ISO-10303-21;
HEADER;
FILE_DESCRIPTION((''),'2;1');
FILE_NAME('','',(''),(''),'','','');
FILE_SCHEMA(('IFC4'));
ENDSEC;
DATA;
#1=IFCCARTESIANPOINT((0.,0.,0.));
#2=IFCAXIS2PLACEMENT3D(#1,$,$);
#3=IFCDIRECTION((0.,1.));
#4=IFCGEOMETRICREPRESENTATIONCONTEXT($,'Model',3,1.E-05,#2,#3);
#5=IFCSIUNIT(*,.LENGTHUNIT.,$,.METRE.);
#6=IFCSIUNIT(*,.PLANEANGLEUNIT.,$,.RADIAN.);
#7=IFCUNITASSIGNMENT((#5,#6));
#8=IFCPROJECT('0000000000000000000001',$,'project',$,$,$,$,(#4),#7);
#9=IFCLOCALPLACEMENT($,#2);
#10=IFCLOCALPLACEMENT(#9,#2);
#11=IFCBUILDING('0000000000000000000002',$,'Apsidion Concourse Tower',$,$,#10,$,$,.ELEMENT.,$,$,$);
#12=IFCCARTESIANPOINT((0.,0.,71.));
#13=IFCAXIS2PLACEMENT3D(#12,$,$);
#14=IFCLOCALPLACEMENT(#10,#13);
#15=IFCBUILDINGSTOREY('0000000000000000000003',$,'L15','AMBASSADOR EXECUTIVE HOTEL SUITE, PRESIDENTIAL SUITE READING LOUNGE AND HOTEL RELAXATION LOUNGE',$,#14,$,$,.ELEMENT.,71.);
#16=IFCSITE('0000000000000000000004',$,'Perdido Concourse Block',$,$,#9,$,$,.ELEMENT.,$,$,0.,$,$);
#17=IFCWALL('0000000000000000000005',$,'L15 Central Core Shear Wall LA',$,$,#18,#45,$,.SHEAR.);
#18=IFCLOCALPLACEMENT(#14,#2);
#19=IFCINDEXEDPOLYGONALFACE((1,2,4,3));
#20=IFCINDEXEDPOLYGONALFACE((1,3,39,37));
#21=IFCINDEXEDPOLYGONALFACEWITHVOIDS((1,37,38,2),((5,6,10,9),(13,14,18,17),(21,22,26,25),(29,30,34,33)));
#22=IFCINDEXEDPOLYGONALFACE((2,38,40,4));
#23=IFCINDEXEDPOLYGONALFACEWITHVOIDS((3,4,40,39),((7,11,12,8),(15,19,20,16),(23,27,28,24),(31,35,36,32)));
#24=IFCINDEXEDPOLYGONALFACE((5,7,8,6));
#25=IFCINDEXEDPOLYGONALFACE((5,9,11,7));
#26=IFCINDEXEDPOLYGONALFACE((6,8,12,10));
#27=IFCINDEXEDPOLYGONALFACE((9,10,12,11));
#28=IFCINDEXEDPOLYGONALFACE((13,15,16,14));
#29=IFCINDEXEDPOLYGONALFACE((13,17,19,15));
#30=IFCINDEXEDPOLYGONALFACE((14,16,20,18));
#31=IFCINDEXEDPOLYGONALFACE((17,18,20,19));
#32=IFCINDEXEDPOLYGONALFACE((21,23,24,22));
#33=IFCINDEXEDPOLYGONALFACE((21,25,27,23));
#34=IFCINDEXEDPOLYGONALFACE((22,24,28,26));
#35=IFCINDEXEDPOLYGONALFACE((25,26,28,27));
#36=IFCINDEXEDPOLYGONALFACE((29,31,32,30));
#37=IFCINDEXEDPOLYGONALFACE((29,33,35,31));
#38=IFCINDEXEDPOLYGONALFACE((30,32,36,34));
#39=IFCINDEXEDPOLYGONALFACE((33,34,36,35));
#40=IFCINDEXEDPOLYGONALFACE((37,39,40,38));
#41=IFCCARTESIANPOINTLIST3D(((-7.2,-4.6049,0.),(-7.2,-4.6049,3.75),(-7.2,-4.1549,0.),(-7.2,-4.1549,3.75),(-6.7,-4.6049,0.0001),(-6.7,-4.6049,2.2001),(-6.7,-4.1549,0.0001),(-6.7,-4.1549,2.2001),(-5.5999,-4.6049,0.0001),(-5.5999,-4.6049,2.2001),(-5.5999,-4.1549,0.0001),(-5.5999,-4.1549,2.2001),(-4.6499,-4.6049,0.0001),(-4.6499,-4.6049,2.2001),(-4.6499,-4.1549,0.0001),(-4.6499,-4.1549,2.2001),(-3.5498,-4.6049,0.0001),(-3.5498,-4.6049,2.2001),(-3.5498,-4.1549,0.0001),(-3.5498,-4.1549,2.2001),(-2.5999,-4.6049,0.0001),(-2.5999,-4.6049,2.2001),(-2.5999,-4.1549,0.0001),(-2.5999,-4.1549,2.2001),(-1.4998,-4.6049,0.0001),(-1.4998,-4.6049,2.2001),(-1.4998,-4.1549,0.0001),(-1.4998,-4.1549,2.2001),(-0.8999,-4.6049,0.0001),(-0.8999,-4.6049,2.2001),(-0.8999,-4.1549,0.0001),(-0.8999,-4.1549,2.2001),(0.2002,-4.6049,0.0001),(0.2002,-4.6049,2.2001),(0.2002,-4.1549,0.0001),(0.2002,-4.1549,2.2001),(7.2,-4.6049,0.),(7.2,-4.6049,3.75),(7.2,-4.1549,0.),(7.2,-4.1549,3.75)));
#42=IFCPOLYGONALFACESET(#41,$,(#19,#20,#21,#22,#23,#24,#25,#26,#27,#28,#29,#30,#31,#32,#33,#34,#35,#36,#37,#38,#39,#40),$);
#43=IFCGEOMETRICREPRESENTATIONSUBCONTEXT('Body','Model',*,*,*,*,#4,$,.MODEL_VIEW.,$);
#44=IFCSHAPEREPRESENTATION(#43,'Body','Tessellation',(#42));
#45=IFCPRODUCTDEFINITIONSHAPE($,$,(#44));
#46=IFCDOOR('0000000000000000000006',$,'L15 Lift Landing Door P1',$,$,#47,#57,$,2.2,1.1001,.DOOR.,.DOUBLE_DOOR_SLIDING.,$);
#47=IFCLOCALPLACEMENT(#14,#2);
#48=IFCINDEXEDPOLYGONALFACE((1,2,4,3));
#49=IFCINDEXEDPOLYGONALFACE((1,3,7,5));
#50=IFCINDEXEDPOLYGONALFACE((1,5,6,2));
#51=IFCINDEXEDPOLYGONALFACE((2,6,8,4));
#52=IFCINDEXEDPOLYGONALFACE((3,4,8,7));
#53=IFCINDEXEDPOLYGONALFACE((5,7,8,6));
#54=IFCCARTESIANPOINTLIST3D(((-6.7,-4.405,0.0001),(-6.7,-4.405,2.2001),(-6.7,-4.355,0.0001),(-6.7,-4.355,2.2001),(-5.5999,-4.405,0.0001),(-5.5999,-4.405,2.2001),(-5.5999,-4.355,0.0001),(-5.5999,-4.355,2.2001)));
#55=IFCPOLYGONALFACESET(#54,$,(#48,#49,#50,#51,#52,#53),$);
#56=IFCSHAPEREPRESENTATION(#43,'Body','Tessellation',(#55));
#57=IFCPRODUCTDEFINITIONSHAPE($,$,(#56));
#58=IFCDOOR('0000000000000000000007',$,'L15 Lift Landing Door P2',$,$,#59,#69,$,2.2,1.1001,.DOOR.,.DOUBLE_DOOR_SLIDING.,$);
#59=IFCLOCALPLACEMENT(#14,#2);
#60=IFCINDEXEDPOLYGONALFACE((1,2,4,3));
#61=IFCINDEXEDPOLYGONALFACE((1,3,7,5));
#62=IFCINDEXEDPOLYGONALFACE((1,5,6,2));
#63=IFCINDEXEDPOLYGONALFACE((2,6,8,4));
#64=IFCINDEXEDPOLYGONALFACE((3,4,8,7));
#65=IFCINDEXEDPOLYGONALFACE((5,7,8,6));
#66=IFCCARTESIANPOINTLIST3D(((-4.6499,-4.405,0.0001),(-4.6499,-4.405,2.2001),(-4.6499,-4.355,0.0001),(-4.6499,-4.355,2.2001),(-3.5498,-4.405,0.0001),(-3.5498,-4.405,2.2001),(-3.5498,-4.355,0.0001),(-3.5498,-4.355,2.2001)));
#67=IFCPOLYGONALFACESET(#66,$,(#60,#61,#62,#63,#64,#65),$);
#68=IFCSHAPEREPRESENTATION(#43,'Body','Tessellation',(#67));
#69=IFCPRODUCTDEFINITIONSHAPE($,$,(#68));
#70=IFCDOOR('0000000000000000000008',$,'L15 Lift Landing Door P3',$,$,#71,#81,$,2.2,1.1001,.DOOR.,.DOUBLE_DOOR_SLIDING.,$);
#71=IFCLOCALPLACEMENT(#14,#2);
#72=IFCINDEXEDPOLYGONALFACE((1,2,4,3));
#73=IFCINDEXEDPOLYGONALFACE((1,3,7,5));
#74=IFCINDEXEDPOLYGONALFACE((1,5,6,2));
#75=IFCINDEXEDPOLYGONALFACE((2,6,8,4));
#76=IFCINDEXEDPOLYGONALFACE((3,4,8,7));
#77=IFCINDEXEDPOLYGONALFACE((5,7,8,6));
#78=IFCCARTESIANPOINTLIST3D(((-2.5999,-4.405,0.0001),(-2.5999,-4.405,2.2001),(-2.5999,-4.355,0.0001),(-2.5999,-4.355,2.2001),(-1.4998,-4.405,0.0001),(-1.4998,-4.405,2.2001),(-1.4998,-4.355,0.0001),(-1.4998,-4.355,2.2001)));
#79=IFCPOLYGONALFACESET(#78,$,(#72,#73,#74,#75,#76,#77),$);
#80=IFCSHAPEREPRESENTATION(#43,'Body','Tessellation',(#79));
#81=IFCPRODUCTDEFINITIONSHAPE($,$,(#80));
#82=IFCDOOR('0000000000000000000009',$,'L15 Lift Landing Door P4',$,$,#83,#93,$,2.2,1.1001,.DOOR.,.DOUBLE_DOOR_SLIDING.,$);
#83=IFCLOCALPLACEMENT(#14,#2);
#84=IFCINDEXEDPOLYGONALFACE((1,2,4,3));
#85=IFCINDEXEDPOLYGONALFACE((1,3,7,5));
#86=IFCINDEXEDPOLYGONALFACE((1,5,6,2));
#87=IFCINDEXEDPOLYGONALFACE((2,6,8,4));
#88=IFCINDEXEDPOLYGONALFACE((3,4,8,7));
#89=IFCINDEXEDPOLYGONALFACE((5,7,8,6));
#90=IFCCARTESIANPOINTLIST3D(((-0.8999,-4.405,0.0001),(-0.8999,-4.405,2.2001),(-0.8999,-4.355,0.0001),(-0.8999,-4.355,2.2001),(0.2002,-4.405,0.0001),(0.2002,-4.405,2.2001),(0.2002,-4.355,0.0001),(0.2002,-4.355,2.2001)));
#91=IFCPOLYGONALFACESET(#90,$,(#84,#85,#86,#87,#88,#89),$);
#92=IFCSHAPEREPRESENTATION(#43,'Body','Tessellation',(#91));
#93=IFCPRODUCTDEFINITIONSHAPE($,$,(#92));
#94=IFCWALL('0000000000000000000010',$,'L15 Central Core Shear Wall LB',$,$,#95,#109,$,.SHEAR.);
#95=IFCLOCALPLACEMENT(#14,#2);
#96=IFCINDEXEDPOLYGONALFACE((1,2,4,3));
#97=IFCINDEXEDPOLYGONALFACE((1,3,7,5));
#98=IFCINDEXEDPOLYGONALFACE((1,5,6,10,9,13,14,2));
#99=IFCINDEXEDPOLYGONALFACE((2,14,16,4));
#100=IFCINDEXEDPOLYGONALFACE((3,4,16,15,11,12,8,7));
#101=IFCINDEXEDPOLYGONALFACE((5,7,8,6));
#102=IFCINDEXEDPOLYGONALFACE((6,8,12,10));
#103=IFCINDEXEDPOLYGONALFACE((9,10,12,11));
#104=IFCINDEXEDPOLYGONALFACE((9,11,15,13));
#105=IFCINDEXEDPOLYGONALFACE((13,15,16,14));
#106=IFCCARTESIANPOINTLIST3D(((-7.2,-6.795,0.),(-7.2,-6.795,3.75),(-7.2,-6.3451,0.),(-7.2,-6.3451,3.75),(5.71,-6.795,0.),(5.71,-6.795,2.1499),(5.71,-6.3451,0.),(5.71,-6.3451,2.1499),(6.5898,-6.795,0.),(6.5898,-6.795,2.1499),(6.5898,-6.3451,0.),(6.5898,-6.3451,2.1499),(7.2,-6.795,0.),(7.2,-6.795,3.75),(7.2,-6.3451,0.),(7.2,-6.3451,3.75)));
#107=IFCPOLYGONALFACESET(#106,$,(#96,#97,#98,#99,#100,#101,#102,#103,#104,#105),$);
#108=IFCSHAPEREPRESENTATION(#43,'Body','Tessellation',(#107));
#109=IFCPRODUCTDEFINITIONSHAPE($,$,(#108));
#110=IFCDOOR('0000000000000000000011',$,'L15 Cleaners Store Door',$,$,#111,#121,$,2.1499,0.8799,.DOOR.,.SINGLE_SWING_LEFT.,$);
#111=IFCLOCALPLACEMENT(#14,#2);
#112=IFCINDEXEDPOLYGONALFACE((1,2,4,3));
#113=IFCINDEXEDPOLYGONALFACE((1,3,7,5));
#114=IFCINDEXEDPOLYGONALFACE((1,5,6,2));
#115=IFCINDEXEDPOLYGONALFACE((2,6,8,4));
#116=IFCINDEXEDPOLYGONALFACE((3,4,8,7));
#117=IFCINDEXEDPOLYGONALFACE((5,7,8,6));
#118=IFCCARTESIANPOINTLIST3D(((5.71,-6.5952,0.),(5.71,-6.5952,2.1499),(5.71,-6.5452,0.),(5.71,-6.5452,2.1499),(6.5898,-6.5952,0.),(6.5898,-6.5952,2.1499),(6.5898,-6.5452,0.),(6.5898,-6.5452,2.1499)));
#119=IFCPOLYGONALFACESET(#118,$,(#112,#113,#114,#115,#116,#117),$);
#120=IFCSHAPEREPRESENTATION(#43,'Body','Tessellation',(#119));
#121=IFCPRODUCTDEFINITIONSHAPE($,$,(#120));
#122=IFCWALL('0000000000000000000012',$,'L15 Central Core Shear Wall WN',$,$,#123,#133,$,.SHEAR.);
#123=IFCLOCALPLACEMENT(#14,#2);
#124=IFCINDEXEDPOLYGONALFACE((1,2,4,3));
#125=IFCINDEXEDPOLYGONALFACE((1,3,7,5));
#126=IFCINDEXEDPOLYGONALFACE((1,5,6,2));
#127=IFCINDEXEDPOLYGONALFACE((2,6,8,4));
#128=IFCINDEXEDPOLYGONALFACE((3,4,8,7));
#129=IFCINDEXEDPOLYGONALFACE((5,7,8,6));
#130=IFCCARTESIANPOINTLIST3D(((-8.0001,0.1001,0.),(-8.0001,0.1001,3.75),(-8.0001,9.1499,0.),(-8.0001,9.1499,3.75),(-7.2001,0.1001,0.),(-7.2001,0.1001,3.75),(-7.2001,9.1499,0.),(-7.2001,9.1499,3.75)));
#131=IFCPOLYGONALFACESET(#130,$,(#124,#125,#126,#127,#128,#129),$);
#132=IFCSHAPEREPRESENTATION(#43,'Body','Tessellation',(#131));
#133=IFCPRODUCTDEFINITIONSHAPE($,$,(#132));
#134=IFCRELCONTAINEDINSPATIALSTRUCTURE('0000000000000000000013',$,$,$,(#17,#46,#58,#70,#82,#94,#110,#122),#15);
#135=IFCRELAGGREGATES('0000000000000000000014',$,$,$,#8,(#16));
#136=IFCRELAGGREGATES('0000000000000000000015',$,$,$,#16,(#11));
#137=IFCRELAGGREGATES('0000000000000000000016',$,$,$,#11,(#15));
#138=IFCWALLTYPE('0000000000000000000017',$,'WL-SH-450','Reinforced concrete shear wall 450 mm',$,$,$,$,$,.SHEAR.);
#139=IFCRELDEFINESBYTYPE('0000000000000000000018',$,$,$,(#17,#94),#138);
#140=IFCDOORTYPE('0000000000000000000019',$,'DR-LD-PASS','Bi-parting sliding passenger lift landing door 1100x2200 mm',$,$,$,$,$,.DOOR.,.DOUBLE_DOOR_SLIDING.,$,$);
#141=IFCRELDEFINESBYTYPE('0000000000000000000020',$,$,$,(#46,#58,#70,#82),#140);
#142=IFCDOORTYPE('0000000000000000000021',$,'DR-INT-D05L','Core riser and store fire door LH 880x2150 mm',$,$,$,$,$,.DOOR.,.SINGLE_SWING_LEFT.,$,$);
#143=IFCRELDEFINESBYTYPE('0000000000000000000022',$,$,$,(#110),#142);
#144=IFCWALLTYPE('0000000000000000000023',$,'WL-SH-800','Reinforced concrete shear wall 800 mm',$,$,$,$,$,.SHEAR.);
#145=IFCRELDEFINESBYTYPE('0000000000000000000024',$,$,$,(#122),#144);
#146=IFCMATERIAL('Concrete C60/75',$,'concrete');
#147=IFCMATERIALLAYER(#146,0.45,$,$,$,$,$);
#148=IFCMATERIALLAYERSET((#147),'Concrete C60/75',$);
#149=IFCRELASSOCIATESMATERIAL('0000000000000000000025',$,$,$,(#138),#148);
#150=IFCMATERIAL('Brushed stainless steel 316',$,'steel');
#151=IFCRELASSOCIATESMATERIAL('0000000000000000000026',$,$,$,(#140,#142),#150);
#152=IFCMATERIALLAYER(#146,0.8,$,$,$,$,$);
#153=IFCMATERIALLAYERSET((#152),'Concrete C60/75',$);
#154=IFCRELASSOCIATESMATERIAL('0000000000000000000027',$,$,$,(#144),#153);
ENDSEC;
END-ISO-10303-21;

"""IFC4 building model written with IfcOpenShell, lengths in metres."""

from ifc_helpers import new_model, si_unit, direction, frame, frame_2d, origin, place, context, subcontext, project, spatial, rectangle, extrude, material, layer, layer_set, type_object, element, fill, save


model = new_model("IFC4")

# Units and contexts
model_context = context("Model", 3, precision=1e-05, world=origin(), true_north=direction((0.0, 1.0)))
body_context = subcontext(model_context, "Body", "Model", "MODEL_VIEW")
ifc_project = project(units=[si_unit("LENGTHUNIT", "METRE"), si_unit("PLANEANGLEUNIT", "RADIAN")], contexts=[model_context])

# Site, building, storey
site_placement = place(None, origin())
site = spatial("IfcSite", under=ifc_project, at=site_placement, Name="Perdido Concourse Block", CompositionType="ELEMENT", RefElevation=0.0)
building_placement = place(site_placement, origin())
building = spatial("IfcBuilding", under=site, at=building_placement, Name="Apsidion Concourse Tower", CompositionType="ELEMENT")
storey_placement = place(building_placement, frame((0.0, 0.0, 71.0)))
storey = spatial("IfcBuildingStorey", under=building, at=storey_placement, Name="L15", Description="AMBASSADOR EXECUTIVE HOTEL SUITE, PRESIDENTIAL SUITE READING LOUNGE AND HOTEL RELAXATION LOUNGE", CompositionType="ELEMENT", Elevation=71.0)

# Shared definitions
ifc_material_1 = material(Name="Concrete C60/75", Category="concrete")

# Shared definitions
ifc_material_2 = material(Name="Brushed stainless steel 316", Category="steel")

# Shared definitions
ifc_layer_1 = layer(ifc_material_1, 0.45)
ifc_layer_set_1 = layer_set([ifc_layer_1], Name="Concrete C60/75")
wall_type_1 = type_object("IfcWallType", Name="WL-SH-450", Description="Reinforced concrete shear wall 450 mm", PredefinedType="SHEAR", material=ifc_layer_set_1)

# Wall, openings, doors
wall_1_placement = place(storey_placement, frame((-7.2, -4.3799, 0.0), z_axis=(0.0, 0.0, 1.0), x_axis=(1.0, 0.0, 0.0)))
wall_1 = element("IfcWall", 1, at=wall_1_placement, inside=storey, type_object=wall_type_1, Name="L15 Central Core Shear Wall LA", PredefinedType="SHEAR", context=body_context, shape_type="SweptSolid", body=[
    extrude(rectangle(XDim=14.3999, YDim=0.45, at=frame_2d((7.2, 0.0))), origin(), (0.0, 0.0, 1.0), 3.75),
])
opening_1_placement = place(wall_1_placement, frame((0.5, 0.0, 0.0)))
opening_1 = element("IfcOpeningElement", 2, at=opening_1_placement, cuts=wall_1, PredefinedType="OPENING", context=body_context, shape_type="SweptSolid", body=[
    extrude(rectangle(XDim=1.1001, YDim=2.2, at=frame_2d((0.55, 1.1001))), frame((0.0, 0.2349, 0.0), z_axis=(0.0, -1.0, 0.0), x_axis=(1.0, 0.0, 0.0)), (0.0, 0.0, 1.0), 0.47),
])
opening_2_placement = place(wall_1_placement, frame((2.55, 0.0, 0.0)))
opening_2 = element("IfcOpeningElement", 3, at=opening_2_placement, cuts=wall_1, PredefinedType="OPENING", context=body_context, shape_type="SweptSolid", body=[
    extrude(rectangle(XDim=1.1001, YDim=2.2, at=frame_2d((0.55, 1.1001))), frame((0.0, 0.2349, 0.0), z_axis=(0.0, -1.0, 0.0), x_axis=(1.0, 0.0, 0.0)), (0.0, 0.0, 1.0), 0.47),
])
opening_3_placement = place(wall_1_placement, frame((4.6001, 0.0, 0.0)))
opening_3 = element("IfcOpeningElement", 4, at=opening_3_placement, cuts=wall_1, PredefinedType="OPENING", context=body_context, shape_type="SweptSolid", body=[
    extrude(rectangle(XDim=1.1001, YDim=2.2, at=frame_2d((0.55, 1.1001))), frame((0.0, 0.2349, 0.0), z_axis=(0.0, -1.0, 0.0), x_axis=(1.0, 0.0, 0.0)), (0.0, 0.0, 1.0), 0.47),
])
opening_4_placement = place(wall_1_placement, frame((6.3, 0.0, 0.0)))
opening_4 = element("IfcOpeningElement", 5, at=opening_4_placement, cuts=wall_1, PredefinedType="OPENING", context=body_context, shape_type="SweptSolid", body=[
    extrude(rectangle(XDim=1.1001, YDim=2.2, at=frame_2d((0.55, 1.1001))), frame((0.0, 0.2349, 0.0), z_axis=(0.0, -1.0, 0.0), x_axis=(1.0, 0.0, 0.0)), (0.0, 0.0, 1.0), 0.47),
])
door_type_1 = type_object("IfcDoorType", Name="DR-LD-PASS", Description="Bi-parting sliding passenger lift landing door 1100x2200 mm", OperationType="DOUBLE_DOOR_SLIDING", PredefinedType="DOOR", material=ifc_material_2)
door_1_placement = place(opening_1_placement, origin())
door_1 = element("IfcDoor", 6, at=door_1_placement, inside=storey, type_object=door_type_1, Name="L15 Lift Landing Door P1", OperationType="DOUBLE_DOOR_SLIDING", OverallHeight=2.2, OverallWidth=1.1001, PredefinedType="DOOR", context=body_context, shape_type="SweptSolid", body=[
    extrude(rectangle(XDim=1.1001, YDim=2.2, at=frame_2d((0.55, 1.1001))), frame((0.0, 0.0249, 0.0), z_axis=(0.0, -1.0, 0.0), x_axis=(1.0, 0.0, 0.0)), (0.0, 0.0, 1.0), 0.05),
])
fill(opening_1, door_1)
door_2_placement = place(opening_2_placement, origin())
door_2 = element("IfcDoor", 7, at=door_2_placement, inside=storey, type_object=door_type_1, Name="L15 Lift Landing Door P2", OperationType="DOUBLE_DOOR_SLIDING", OverallHeight=2.2, OverallWidth=1.1001, PredefinedType="DOOR", context=body_context, shape_type="SweptSolid", body=[
    extrude(rectangle(XDim=1.1001, YDim=2.2, at=frame_2d((0.55, 1.1001))), frame((0.0, 0.0249, 0.0), z_axis=(0.0, -1.0, 0.0), x_axis=(1.0, 0.0, 0.0)), (0.0, 0.0, 1.0), 0.05),
])
fill(opening_2, door_2)
door_3_placement = place(opening_3_placement, origin())
door_3 = element("IfcDoor", 8, at=door_3_placement, inside=storey, type_object=door_type_1, Name="L15 Lift Landing Door P3", OperationType="DOUBLE_DOOR_SLIDING", OverallHeight=2.2, OverallWidth=1.1001, PredefinedType="DOOR", context=body_context, shape_type="SweptSolid", body=[
    extrude(rectangle(XDim=1.1001, YDim=2.2, at=frame_2d((0.55, 1.1001))), frame((0.0, 0.0249, 0.0), z_axis=(0.0, -1.0, 0.0), x_axis=(1.0, 0.0, 0.0)), (0.0, 0.0, 1.0), 0.05),
])
fill(opening_3, door_3)
door_4_placement = place(opening_4_placement, origin())
door_4 = element("IfcDoor", 9, at=door_4_placement, inside=storey, type_object=door_type_1, Name="L15 Lift Landing Door P4", OperationType="DOUBLE_DOOR_SLIDING", OverallHeight=2.2, OverallWidth=1.1001, PredefinedType="DOOR", context=body_context, shape_type="SweptSolid", body=[
    extrude(rectangle(XDim=1.1001, YDim=2.2, at=frame_2d((0.55, 1.1001))), frame((0.0, 0.0249, 0.0), z_axis=(0.0, -1.0, 0.0), x_axis=(1.0, 0.0, 0.0)), (0.0, 0.0, 1.0), 0.05),
])
fill(opening_4, door_4)

# Wall, opening, door
wall_2_placement = place(storey_placement, frame((-7.2, -6.5701, 0.0), z_axis=(0.0, 0.0, 1.0), x_axis=(1.0, 0.0, 0.0)))
wall_2 = element("IfcWall", 10, at=wall_2_placement, inside=storey, type_object=wall_type_1, Name="L15 Central Core Shear Wall LB", PredefinedType="SHEAR", context=body_context, shape_type="SweptSolid", body=[
    extrude(rectangle(XDim=14.3999, YDim=0.45, at=frame_2d((7.2, 0.0))), origin(), (0.0, 0.0, 1.0), 3.75),
])
opening_5_placement = place(wall_2_placement, frame((12.9099, 0.0, 0.0)))
opening_5 = element("IfcOpeningElement", 11, at=opening_5_placement, cuts=wall_2, PredefinedType="OPENING", context=body_context, shape_type="SweptSolid", body=[
    extrude(rectangle(XDim=0.8799, YDim=2.1499, at=frame_2d((0.4399, 1.075))), frame((0.0, 0.2349, 0.0), z_axis=(0.0, -1.0, 0.0), x_axis=(1.0, 0.0, 0.0)), (0.0, 0.0, 1.0), 0.47),
])
door_type_2 = type_object("IfcDoorType", Name="DR-INT-D05L", Description="Core riser and store fire door LH 880x2150 mm", OperationType="SINGLE_SWING_LEFT", PredefinedType="DOOR", material=ifc_material_2)
door_5_placement = place(opening_5_placement, origin())
door_5 = element("IfcDoor", 12, at=door_5_placement, inside=storey, type_object=door_type_2, Name="L15 Cleaners Store Door", OperationType="SINGLE_SWING_LEFT", OverallHeight=2.1499, OverallWidth=0.8799, PredefinedType="DOOR", context=body_context, shape_type="SweptSolid", body=[
    extrude(rectangle(XDim=0.8799, YDim=2.1499, at=frame_2d((0.4399, 1.075))), frame((0.0, 0.0249, 0.0), z_axis=(0.0, -1.0, 0.0), x_axis=(1.0, 0.0, 0.0)), (0.0, 0.0, 1.0), 0.05),
])
fill(opening_5, door_5)

# Wall
ifc_layer_2 = layer(ifc_material_1, 0.8)
ifc_layer_set_2 = layer_set([ifc_layer_2], Name="Concrete C60/75")
wall_type_2 = type_object("IfcWallType", Name="WL-SH-800", Description="Reinforced concrete shear wall 800 mm", PredefinedType="SHEAR", material=ifc_layer_set_2)
wall_3_placement = place(storey_placement, frame((-7.6001, 0.1001, 0.0), z_axis=(0.0, 0.0, 1.0), x_axis=(0.0, 1.0, 0.0)))
element("IfcWall", 13, at=wall_3_placement, inside=storey, type_object=wall_type_2, Name="L15 Central Core Shear Wall WN", PredefinedType="SHEAR", context=body_context, shape_type="SweptSolid", body=[
    extrude(rectangle(XDim=9.0498, YDim=0.8, at=frame_2d((4.5249, 0.0))), origin(), (0.0, 0.0, 1.0), 3.75),
])

save(model, "model.ifc")
